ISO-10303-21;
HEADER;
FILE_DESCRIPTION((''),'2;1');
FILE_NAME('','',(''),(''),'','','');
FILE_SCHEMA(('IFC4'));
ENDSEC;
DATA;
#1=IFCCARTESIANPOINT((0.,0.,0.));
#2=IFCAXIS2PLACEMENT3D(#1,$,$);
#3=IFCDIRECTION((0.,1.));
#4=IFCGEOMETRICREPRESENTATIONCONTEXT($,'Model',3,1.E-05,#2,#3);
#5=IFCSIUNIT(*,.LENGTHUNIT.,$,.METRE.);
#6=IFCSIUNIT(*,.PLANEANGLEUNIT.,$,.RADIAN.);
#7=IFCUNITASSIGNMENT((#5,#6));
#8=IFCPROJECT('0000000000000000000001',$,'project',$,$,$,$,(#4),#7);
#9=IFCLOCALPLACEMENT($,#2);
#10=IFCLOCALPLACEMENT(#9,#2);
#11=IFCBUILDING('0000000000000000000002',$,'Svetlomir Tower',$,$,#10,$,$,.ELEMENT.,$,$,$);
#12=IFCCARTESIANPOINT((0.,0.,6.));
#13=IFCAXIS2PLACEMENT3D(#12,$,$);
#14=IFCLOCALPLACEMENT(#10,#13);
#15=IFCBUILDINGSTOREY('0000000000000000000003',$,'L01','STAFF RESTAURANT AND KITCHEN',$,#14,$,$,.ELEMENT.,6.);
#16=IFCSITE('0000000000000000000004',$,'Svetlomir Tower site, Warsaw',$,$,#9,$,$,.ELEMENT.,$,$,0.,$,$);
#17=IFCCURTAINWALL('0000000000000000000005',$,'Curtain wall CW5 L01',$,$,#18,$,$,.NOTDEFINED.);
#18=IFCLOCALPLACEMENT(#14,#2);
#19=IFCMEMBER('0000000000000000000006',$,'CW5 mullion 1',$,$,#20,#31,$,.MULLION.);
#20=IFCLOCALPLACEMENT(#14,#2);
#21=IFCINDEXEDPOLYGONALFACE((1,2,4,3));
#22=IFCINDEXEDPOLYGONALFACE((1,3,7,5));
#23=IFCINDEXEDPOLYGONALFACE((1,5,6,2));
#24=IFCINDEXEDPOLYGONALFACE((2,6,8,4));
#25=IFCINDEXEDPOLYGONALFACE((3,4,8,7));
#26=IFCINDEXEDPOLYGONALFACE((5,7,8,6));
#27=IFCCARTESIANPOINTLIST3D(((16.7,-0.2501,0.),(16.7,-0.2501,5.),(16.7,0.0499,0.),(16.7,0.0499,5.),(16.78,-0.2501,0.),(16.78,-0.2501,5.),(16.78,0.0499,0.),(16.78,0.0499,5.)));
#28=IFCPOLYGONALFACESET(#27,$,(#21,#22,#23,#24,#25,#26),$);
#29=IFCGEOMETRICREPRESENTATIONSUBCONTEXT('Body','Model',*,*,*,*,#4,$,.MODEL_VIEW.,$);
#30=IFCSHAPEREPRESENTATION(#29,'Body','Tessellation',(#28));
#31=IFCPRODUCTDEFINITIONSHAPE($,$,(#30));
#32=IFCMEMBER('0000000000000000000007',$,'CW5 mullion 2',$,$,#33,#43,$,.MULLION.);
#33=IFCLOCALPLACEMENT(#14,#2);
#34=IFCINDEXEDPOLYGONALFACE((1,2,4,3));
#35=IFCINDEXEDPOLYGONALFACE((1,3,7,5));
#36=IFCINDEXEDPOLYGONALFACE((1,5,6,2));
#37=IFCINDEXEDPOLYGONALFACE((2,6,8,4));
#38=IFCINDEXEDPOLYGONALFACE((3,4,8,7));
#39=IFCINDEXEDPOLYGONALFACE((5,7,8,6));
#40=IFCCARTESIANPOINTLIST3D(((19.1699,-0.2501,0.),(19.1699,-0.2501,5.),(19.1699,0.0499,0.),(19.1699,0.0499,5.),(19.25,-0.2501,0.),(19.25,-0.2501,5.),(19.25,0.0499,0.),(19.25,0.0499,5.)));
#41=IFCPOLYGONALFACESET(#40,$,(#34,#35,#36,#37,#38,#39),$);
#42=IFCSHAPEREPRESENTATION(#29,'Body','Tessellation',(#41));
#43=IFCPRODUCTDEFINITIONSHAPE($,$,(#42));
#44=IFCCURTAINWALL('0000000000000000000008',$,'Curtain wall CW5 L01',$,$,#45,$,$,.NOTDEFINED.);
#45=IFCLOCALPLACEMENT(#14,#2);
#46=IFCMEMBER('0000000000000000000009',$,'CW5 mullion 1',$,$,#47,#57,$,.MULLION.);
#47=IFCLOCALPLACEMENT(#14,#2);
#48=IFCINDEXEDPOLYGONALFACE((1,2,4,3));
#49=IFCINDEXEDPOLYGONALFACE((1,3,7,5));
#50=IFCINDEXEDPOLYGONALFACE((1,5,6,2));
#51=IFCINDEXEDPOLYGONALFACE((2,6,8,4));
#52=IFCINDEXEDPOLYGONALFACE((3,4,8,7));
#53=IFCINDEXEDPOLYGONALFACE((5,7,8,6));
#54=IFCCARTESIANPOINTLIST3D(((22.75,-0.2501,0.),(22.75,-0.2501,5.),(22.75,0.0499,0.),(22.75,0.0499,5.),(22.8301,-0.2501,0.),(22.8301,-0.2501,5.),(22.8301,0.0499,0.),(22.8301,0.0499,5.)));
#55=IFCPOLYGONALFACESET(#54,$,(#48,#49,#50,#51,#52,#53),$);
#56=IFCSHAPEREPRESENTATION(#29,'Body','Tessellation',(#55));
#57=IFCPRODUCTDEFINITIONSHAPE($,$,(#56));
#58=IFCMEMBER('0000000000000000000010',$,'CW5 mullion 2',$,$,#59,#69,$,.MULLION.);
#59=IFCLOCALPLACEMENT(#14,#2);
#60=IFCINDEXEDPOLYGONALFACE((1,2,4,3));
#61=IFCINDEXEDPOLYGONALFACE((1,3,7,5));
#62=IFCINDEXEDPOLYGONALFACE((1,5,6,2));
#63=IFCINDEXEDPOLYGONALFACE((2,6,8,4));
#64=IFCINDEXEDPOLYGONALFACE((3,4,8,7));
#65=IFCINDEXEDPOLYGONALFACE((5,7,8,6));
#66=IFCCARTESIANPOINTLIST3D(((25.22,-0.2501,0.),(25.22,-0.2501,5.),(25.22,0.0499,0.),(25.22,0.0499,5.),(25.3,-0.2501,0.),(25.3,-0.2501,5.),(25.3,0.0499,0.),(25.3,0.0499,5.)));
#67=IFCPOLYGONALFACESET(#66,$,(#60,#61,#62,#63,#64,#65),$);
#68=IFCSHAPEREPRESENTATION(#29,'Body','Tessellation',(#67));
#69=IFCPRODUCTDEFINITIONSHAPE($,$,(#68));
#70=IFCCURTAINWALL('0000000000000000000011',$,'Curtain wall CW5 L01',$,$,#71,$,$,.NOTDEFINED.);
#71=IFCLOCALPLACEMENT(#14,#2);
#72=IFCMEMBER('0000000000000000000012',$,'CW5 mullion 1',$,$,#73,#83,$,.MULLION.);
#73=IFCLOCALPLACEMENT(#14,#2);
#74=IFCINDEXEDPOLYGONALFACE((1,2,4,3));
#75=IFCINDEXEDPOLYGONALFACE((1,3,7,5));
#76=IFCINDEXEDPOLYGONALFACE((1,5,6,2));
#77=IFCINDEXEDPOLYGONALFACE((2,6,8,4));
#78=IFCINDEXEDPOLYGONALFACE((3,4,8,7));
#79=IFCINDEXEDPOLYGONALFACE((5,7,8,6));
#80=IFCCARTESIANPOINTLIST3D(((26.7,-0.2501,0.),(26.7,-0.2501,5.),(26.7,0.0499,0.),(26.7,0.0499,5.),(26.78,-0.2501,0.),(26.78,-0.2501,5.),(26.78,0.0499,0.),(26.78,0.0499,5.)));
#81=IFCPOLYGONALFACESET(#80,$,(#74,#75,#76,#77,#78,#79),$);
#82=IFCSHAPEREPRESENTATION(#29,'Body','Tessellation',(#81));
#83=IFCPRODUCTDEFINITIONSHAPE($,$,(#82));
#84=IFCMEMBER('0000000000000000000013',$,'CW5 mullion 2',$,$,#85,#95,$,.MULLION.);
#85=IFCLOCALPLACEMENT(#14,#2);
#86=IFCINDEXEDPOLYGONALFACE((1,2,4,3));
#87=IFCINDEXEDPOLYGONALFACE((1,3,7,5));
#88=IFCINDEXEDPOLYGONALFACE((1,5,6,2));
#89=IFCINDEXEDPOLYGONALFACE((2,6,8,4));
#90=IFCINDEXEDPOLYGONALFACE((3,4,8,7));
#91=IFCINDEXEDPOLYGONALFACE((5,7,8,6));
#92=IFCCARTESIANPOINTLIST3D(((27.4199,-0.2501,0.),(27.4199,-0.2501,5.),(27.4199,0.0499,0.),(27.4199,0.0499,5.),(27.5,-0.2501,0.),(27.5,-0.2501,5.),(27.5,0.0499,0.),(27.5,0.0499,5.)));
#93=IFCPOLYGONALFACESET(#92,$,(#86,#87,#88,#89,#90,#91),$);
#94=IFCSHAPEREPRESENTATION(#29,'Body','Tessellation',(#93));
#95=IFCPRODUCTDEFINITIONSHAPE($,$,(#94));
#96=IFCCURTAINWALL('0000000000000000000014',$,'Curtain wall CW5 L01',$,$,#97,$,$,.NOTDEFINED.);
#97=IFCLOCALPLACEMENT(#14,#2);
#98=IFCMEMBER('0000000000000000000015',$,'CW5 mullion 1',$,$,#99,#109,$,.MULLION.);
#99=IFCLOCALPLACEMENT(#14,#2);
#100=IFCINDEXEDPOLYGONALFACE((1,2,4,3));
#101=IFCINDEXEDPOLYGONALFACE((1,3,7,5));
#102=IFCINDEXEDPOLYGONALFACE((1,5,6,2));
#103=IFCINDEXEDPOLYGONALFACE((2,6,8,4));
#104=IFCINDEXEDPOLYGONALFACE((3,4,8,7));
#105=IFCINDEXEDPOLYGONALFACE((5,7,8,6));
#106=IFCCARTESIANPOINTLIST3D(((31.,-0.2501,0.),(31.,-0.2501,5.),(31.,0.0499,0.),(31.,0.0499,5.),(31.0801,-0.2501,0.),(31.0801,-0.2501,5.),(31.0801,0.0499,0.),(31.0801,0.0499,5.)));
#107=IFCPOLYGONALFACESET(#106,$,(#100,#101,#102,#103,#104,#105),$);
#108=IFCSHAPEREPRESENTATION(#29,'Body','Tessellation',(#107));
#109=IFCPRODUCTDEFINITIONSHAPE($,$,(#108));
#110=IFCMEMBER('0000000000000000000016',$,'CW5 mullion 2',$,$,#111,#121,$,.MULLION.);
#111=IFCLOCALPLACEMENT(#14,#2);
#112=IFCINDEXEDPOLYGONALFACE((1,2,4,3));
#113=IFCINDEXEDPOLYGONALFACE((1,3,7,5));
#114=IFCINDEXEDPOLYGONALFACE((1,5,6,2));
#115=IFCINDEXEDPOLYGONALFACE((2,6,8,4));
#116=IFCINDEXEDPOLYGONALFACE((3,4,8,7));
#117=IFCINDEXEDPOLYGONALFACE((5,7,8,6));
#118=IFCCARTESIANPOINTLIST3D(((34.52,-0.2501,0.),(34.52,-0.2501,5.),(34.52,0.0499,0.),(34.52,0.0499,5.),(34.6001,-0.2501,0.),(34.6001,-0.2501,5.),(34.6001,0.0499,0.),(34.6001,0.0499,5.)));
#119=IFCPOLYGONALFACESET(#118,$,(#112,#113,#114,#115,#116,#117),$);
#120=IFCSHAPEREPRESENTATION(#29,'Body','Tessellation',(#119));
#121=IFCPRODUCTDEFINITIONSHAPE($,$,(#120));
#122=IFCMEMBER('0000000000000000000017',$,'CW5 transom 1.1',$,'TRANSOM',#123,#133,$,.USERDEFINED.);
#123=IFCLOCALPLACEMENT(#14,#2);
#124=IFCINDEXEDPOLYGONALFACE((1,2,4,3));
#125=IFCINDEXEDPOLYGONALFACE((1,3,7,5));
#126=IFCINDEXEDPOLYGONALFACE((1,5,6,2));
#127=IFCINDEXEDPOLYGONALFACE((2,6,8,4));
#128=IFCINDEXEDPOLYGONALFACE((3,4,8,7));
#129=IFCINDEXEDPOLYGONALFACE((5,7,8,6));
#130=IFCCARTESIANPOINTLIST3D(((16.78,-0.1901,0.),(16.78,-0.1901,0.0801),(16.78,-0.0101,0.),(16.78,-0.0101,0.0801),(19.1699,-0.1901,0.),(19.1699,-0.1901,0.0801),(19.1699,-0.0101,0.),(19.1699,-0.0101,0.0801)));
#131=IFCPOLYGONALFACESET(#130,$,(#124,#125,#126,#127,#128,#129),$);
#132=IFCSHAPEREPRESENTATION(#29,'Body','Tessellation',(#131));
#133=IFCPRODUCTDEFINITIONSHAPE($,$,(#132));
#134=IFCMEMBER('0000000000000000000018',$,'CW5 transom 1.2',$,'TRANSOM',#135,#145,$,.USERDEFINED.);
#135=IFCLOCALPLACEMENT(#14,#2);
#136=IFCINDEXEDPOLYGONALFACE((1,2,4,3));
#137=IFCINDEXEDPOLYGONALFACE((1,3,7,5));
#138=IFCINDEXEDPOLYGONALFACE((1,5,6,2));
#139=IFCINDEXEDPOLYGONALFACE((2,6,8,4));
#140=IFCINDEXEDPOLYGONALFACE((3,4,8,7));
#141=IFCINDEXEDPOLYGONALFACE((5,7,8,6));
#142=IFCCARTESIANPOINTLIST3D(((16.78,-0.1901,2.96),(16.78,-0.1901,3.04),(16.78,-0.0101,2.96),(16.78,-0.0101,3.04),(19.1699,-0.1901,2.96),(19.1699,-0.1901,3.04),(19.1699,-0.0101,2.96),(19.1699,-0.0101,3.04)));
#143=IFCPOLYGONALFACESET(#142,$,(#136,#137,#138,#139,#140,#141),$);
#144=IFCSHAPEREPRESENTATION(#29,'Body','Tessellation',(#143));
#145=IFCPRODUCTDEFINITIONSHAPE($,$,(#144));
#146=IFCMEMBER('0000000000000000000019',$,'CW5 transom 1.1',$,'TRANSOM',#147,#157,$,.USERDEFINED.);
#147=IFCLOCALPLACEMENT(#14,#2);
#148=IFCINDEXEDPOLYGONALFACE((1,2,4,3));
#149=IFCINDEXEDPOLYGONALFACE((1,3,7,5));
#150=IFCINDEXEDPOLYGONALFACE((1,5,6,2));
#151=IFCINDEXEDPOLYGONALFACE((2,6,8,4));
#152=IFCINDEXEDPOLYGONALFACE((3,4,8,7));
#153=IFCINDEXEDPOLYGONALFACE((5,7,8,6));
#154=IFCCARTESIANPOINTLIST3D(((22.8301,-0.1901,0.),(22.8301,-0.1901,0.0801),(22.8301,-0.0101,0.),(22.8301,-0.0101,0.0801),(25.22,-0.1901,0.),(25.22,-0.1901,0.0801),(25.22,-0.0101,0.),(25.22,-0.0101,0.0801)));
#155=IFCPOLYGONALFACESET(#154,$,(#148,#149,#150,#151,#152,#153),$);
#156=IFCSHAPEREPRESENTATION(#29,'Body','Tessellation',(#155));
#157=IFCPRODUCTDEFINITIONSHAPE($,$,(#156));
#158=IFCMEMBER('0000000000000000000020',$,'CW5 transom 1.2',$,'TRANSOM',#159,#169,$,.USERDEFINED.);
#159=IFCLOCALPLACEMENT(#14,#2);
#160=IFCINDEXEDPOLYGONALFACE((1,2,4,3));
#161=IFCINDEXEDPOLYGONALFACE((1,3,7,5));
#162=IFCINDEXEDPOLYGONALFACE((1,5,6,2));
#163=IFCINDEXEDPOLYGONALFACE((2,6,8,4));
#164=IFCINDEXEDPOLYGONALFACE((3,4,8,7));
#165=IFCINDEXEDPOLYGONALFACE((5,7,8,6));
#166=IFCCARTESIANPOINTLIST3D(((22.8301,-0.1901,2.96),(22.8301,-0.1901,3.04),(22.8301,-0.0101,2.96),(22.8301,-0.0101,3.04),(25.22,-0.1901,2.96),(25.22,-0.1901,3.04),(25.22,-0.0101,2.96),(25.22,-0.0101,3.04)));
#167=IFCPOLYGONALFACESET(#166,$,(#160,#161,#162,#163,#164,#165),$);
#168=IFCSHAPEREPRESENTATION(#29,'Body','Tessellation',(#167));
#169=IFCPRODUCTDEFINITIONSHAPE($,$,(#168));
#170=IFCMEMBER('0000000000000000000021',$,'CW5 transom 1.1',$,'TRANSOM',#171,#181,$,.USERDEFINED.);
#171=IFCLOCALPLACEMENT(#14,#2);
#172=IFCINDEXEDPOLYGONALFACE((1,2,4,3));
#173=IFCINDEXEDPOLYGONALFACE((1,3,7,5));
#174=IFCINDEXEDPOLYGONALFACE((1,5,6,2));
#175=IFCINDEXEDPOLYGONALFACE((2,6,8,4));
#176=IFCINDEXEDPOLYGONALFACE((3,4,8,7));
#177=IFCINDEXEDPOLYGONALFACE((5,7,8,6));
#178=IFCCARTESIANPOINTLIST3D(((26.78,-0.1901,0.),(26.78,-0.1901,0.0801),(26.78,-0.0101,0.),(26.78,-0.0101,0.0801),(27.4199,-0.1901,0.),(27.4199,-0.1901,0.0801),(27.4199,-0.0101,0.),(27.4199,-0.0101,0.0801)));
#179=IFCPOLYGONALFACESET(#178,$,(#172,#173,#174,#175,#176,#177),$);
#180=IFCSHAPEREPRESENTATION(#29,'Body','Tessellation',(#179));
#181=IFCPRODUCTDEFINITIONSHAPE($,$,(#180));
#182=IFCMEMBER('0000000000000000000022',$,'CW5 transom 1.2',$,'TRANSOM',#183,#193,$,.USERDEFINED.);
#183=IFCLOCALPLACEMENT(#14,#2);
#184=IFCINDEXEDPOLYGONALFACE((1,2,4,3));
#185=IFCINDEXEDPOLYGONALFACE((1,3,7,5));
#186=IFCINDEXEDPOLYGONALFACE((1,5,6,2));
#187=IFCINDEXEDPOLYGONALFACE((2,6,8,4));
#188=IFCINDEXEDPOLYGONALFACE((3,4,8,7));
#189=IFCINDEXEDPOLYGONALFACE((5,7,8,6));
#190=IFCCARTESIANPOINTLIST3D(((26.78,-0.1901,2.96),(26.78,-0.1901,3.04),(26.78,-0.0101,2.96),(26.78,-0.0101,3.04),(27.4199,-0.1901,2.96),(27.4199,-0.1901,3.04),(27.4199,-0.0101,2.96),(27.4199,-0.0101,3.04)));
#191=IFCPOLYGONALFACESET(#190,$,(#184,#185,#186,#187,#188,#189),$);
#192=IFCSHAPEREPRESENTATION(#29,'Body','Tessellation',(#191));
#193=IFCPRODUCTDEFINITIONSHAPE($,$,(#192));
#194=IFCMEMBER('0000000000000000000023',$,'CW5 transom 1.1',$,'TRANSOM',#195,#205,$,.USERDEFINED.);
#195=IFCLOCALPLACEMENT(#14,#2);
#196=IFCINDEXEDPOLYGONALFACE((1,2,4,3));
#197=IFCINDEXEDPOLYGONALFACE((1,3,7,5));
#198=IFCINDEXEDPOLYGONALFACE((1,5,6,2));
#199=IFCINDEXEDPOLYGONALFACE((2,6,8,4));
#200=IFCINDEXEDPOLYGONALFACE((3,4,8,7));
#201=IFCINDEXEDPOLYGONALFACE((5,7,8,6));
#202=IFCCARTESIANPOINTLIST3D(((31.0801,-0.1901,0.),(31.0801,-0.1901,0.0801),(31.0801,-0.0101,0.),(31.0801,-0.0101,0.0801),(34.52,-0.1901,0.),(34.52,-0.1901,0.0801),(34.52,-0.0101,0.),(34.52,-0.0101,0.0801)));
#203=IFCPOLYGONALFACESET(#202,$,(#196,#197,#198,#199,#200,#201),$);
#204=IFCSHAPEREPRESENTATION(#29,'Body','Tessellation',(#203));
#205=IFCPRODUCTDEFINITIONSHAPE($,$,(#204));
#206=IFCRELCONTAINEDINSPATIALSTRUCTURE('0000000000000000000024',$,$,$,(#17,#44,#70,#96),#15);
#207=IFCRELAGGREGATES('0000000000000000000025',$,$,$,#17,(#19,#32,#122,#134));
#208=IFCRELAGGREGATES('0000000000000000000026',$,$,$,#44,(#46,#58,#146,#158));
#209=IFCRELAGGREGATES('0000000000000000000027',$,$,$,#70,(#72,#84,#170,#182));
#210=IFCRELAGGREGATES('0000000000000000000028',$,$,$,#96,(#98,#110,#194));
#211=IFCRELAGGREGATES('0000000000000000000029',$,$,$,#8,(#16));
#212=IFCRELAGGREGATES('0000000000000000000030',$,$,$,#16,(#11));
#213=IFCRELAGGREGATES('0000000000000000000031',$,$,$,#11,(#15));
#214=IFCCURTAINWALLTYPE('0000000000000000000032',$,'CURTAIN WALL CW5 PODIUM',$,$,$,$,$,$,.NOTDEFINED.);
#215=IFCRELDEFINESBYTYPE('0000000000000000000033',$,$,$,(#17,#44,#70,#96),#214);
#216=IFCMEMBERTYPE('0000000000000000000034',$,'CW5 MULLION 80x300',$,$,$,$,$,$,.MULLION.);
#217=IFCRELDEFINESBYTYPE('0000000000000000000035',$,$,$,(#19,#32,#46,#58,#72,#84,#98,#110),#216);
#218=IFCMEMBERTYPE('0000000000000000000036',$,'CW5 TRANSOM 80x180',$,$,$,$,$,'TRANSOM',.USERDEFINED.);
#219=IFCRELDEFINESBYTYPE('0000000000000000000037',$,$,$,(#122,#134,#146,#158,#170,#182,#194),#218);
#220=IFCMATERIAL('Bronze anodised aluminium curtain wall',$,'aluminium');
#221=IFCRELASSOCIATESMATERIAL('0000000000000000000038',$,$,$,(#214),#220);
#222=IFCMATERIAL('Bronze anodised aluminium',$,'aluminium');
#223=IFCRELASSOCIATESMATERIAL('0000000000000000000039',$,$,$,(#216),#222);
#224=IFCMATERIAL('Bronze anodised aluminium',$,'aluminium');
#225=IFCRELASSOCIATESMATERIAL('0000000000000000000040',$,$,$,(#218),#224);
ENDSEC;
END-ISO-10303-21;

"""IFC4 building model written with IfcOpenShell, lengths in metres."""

from ifc_helpers import new_model, si_unit, direction, frame, origin, origin_2d, place, context, subcontext, project, spatial, rectangle, extrude, material, material_profile, profile_set, type_object, element, aggregate, save


model = new_model("IFC4")

# Units and contexts
model_context = context("Model", 3, precision=1e-05, world=origin(), true_north=direction((0.0, 1.0)))
body_context = subcontext(model_context, "Body", "Model", "MODEL_VIEW")
ifc_project = project(units=[si_unit("LENGTHUNIT", "METRE"), si_unit("PLANEANGLEUNIT", "RADIAN")], contexts=[model_context])

# Site, building, storey
site_placement = place(None, origin())
site = spatial("IfcSite", under=ifc_project, at=site_placement, Name="Svetlomir Tower site, Warsaw", CompositionType="ELEMENT", RefElevation=0.0)
building_placement = place(site_placement, origin())
building = spatial("IfcBuilding", under=site, at=building_placement, Name="Svetlomir Tower", CompositionType="ELEMENT")
storey_placement = place(building_placement, frame((0.0, 0.0, 6.0)))
storey = spatial("IfcBuildingStorey", under=building, at=storey_placement, Name="L01", Description="STAFF RESTAURANT AND KITCHEN", CompositionType="ELEMENT", Elevation=6.0)

# Curtain walls, members
ifc_material_1 = material(Name="Bronze anodised aluminium curtain wall", Category="aluminium")
curtain_wall_type = type_object("IfcCurtainWallType", Name="CURTAIN WALL CW5 PODIUM", PredefinedType="NOTDEFINED", material=ifc_material_1)
curtain_wall_1_placement = place(storey_placement, origin())
curtain_wall_1 = element("IfcCurtainWall", 1, at=curtain_wall_1_placement, inside=storey, type_object=curtain_wall_type, Name="Curtain wall CW5 L01", PredefinedType="NOTDEFINED")
ifc_material_2 = material(Name="Bronze anodised aluminium", Category="aluminium")
ifc_material_profile_1 = material_profile(ifc_material_2, rectangle(XDim=0.0801, YDim=0.3, at=origin_2d()), Name="AL 80x300")
ifc_profile_set_1 = profile_set([ifc_material_profile_1], Name="Bronze anodised aluminium 6063-T6")
member_type_1 = type_object("IfcMemberType", Name="CW5 MULLION 80x300", PredefinedType="MULLION", material=ifc_profile_set_1)
member_1_placement = place(storey_placement, frame((16.74, -0.1001, 0.0), z_axis=(0.0, 0.0, 1.0), x_axis=(1.0, 0.0, 0.0)))
member_1 = element("IfcMember", 2, at=member_1_placement, type_object=member_type_1, Name="CW5 mullion 1", PredefinedType="MULLION", context=body_context, shape_type="SweptSolid", body=[
    extrude(rectangle(XDim=0.0801, YDim=0.3, at=origin_2d()), origin(), (0.0, 0.0, 1.0), 5.0),
])
member_2_placement = place(storey_placement, frame((19.21, -0.1001, 0.0), z_axis=(0.0, 0.0, 1.0), x_axis=(1.0, 0.0, 0.0)))
member_2 = element("IfcMember", 3, at=member_2_placement, type_object=member_type_1, Name="CW5 mullion 2", PredefinedType="MULLION", context=body_context, shape_type="SweptSolid", body=[
    extrude(rectangle(XDim=0.0801, YDim=0.3, at=origin_2d()), origin(), (0.0, 0.0, 1.0), 5.0),
])
curtain_wall_2_placement = place(storey_placement, origin())
curtain_wall_2 = element("IfcCurtainWall", 4, at=curtain_wall_2_placement, inside=storey, type_object=curtain_wall_type, Name="Curtain wall CW5 L01", PredefinedType="NOTDEFINED")
member_3_placement = place(storey_placement, frame((22.79, -0.1001, 0.0), z_axis=(0.0, 0.0, 1.0), x_axis=(1.0, 0.0, 0.0)))
member_3 = element("IfcMember", 5, at=member_3_placement, type_object=member_type_1, Name="CW5 mullion 1", PredefinedType="MULLION", context=body_context, shape_type="SweptSolid", body=[
    extrude(rectangle(XDim=0.0801, YDim=0.3, at=origin_2d()), origin(), (0.0, 0.0, 1.0), 5.0),
])
member_4_placement = place(storey_placement, frame((25.26, -0.1001, 0.0), z_axis=(0.0, 0.0, 1.0), x_axis=(1.0, 0.0, 0.0)))
member_4 = element("IfcMember", 6, at=member_4_placement, type_object=member_type_1, Name="CW5 mullion 2", PredefinedType="MULLION", context=body_context, shape_type="SweptSolid", body=[
    extrude(rectangle(XDim=0.0801, YDim=0.3, at=origin_2d()), origin(), (0.0, 0.0, 1.0), 5.0),
])
curtain_wall_3_placement = place(storey_placement, origin())
curtain_wall_3 = element("IfcCurtainWall", 7, at=curtain_wall_3_placement, inside=storey, type_object=curtain_wall_type, Name="Curtain wall CW5 L01", PredefinedType="NOTDEFINED")
member_5_placement = place(storey_placement, frame((26.74, -0.1001, 0.0), z_axis=(0.0, 0.0, 1.0), x_axis=(1.0, 0.0, 0.0)))
member_5 = element("IfcMember", 8, at=member_5_placement, type_object=member_type_1, Name="CW5 mullion 1", PredefinedType="MULLION", context=body_context, shape_type="SweptSolid", body=[
    extrude(rectangle(XDim=0.0801, YDim=0.3, at=origin_2d()), origin(), (0.0, 0.0, 1.0), 5.0),
])
member_6_placement = place(storey_placement, frame((27.46, -0.1001, 0.0), z_axis=(0.0, 0.0, 1.0), x_axis=(1.0, 0.0, 0.0)))
member_6 = element("IfcMember", 9, at=member_6_placement, type_object=member_type_1, Name="CW5 mullion 2", PredefinedType="MULLION", context=body_context, shape_type="SweptSolid", body=[
    extrude(rectangle(XDim=0.0801, YDim=0.3, at=origin_2d()), origin(), (0.0, 0.0, 1.0), 5.0),
])
curtain_wall_4_placement = place(storey_placement, origin())
curtain_wall_4 = element("IfcCurtainWall", 10, at=curtain_wall_4_placement, inside=storey, type_object=curtain_wall_type, Name="Curtain wall CW5 L01", PredefinedType="NOTDEFINED")
member_7_placement = place(storey_placement, frame((31.04, -0.1001, 0.0), z_axis=(0.0, 0.0, 1.0), x_axis=(1.0, 0.0, 0.0)))
member_7 = element("IfcMember", 11, at=member_7_placement, type_object=member_type_1, Name="CW5 mullion 1", PredefinedType="MULLION", context=body_context, shape_type="SweptSolid", body=[
    extrude(rectangle(XDim=0.0801, YDim=0.3, at=origin_2d()), origin(), (0.0, 0.0, 1.0), 5.0),
])
member_8_placement = place(storey_placement, frame((34.5601, -0.1001, 0.0), z_axis=(0.0, 0.0, 1.0), x_axis=(1.0, 0.0, 0.0)))
member_8 = element("IfcMember", 12, at=member_8_placement, type_object=member_type_1, Name="CW5 mullion 2", PredefinedType="MULLION", context=body_context, shape_type="SweptSolid", body=[
    extrude(rectangle(XDim=0.0801, YDim=0.3, at=origin_2d()), origin(), (0.0, 0.0, 1.0), 5.0),
])

# Members
ifc_material_3 = material(Name="Bronze anodised aluminium", Category="aluminium")
ifc_material_profile_2 = material_profile(ifc_material_3, rectangle(XDim=0.1799, YDim=0.0801, at=origin_2d()), Name="AL 180x80")
ifc_profile_set_2 = profile_set([ifc_material_profile_2], Name="Bronze anodised aluminium 6063-T6")
member_type_2 = type_object("IfcMemberType", Name="CW5 TRANSOM 80x180", ElementType="TRANSOM", PredefinedType="USERDEFINED", material=ifc_profile_set_2)
member_9_placement = place(storey_placement, frame((16.78, -0.1001, 0.04), z_axis=(1.0, 0.0, 0.0), x_axis=(0.0, 1.0, 0.0)))
member_9 = element("IfcMember", 13, at=member_9_placement, type_object=member_type_2, Name="CW5 transom 1.1", ObjectType="TRANSOM", PredefinedType="USERDEFINED", context=body_context, shape_type="SweptSolid", body=[
    extrude(rectangle(XDim=0.1799, YDim=0.0801, at=origin_2d()), origin(), (0.0, 0.0, 1.0), 2.3899),
])
member_10_placement = place(storey_placement, frame((16.78, -0.1001, 3.0), z_axis=(1.0, 0.0, 0.0), x_axis=(0.0, 1.0, 0.0)))
member_10 = element("IfcMember", 14, at=member_10_placement, type_object=member_type_2, Name="CW5 transom 1.2", ObjectType="TRANSOM", PredefinedType="USERDEFINED", context=body_context, shape_type="SweptSolid", body=[
    extrude(rectangle(XDim=0.1799, YDim=0.0801, at=origin_2d()), origin(), (0.0, 0.0, 1.0), 2.3899),
])
member_11_placement = place(storey_placement, frame((22.8301, -0.1001, 0.04), z_axis=(1.0, 0.0, 0.0), x_axis=(0.0, 1.0, 0.0)))
member_11 = element("IfcMember", 15, at=member_11_placement, type_object=member_type_2, Name="CW5 transom 1.1", ObjectType="TRANSOM", PredefinedType="USERDEFINED", context=body_context, shape_type="SweptSolid", body=[
    extrude(rectangle(XDim=0.1799, YDim=0.0801, at=origin_2d()), origin(), (0.0, 0.0, 1.0), 2.3899),
])
member_12_placement = place(storey_placement, frame((22.8301, -0.1001, 3.0), z_axis=(1.0, 0.0, 0.0), x_axis=(0.0, 1.0, 0.0)))
member_12 = element("IfcMember", 16, at=member_12_placement, type_object=member_type_2, Name="CW5 transom 1.2", ObjectType="TRANSOM", PredefinedType="USERDEFINED", context=body_context, shape_type="SweptSolid", body=[
    extrude(rectangle(XDim=0.1799, YDim=0.0801, at=origin_2d()), origin(), (0.0, 0.0, 1.0), 2.3899),
])
member_13_placement = place(storey_placement, frame((26.78, -0.1001, 0.04), z_axis=(1.0, 0.0, 0.0), x_axis=(0.0, 1.0, 0.0)))
member_13 = element("IfcMember", 17, at=member_13_placement, type_object=member_type_2, Name="CW5 transom 1.1", ObjectType="TRANSOM", PredefinedType="USERDEFINED", context=body_context, shape_type="SweptSolid", body=[
    extrude(rectangle(XDim=0.1799, YDim=0.0801, at=origin_2d()), origin(), (0.0, 0.0, 1.0), 0.6399),
])
member_14_placement = place(storey_placement, frame((26.78, -0.1001, 3.0), z_axis=(1.0, 0.0, 0.0), x_axis=(0.0, 1.0, 0.0)))
member_14 = element("IfcMember", 18, at=member_14_placement, type_object=member_type_2, Name="CW5 transom 1.2", ObjectType="TRANSOM", PredefinedType="USERDEFINED", context=body_context, shape_type="SweptSolid", body=[
    extrude(rectangle(XDim=0.1799, YDim=0.0801, at=origin_2d()), origin(), (0.0, 0.0, 1.0), 0.6399),
])
member_15_placement = place(storey_placement, frame((31.0801, -0.1001, 0.04), z_axis=(1.0, 0.0, 0.0), x_axis=(0.0, 1.0, 0.0)))
member_15 = element("IfcMember", 19, at=member_15_placement, type_object=member_type_2, Name="CW5 transom 1.1", ObjectType="TRANSOM", PredefinedType="USERDEFINED", context=body_context, shape_type="SweptSolid", body=[
    extrude(rectangle(XDim=0.1799, YDim=0.0801, at=origin_2d()), origin(), (0.0, 0.0, 1.0), 3.4399),
])

aggregate(curtain_wall_1, [member_1, member_2, member_9, member_10])
aggregate(curtain_wall_2, [member_3, member_4, member_11, member_12])
aggregate(curtain_wall_3, [member_5, member_6, member_13, member_14])
aggregate(curtain_wall_4, [member_7, member_8, member_15])

save(model, "model.ifc")
